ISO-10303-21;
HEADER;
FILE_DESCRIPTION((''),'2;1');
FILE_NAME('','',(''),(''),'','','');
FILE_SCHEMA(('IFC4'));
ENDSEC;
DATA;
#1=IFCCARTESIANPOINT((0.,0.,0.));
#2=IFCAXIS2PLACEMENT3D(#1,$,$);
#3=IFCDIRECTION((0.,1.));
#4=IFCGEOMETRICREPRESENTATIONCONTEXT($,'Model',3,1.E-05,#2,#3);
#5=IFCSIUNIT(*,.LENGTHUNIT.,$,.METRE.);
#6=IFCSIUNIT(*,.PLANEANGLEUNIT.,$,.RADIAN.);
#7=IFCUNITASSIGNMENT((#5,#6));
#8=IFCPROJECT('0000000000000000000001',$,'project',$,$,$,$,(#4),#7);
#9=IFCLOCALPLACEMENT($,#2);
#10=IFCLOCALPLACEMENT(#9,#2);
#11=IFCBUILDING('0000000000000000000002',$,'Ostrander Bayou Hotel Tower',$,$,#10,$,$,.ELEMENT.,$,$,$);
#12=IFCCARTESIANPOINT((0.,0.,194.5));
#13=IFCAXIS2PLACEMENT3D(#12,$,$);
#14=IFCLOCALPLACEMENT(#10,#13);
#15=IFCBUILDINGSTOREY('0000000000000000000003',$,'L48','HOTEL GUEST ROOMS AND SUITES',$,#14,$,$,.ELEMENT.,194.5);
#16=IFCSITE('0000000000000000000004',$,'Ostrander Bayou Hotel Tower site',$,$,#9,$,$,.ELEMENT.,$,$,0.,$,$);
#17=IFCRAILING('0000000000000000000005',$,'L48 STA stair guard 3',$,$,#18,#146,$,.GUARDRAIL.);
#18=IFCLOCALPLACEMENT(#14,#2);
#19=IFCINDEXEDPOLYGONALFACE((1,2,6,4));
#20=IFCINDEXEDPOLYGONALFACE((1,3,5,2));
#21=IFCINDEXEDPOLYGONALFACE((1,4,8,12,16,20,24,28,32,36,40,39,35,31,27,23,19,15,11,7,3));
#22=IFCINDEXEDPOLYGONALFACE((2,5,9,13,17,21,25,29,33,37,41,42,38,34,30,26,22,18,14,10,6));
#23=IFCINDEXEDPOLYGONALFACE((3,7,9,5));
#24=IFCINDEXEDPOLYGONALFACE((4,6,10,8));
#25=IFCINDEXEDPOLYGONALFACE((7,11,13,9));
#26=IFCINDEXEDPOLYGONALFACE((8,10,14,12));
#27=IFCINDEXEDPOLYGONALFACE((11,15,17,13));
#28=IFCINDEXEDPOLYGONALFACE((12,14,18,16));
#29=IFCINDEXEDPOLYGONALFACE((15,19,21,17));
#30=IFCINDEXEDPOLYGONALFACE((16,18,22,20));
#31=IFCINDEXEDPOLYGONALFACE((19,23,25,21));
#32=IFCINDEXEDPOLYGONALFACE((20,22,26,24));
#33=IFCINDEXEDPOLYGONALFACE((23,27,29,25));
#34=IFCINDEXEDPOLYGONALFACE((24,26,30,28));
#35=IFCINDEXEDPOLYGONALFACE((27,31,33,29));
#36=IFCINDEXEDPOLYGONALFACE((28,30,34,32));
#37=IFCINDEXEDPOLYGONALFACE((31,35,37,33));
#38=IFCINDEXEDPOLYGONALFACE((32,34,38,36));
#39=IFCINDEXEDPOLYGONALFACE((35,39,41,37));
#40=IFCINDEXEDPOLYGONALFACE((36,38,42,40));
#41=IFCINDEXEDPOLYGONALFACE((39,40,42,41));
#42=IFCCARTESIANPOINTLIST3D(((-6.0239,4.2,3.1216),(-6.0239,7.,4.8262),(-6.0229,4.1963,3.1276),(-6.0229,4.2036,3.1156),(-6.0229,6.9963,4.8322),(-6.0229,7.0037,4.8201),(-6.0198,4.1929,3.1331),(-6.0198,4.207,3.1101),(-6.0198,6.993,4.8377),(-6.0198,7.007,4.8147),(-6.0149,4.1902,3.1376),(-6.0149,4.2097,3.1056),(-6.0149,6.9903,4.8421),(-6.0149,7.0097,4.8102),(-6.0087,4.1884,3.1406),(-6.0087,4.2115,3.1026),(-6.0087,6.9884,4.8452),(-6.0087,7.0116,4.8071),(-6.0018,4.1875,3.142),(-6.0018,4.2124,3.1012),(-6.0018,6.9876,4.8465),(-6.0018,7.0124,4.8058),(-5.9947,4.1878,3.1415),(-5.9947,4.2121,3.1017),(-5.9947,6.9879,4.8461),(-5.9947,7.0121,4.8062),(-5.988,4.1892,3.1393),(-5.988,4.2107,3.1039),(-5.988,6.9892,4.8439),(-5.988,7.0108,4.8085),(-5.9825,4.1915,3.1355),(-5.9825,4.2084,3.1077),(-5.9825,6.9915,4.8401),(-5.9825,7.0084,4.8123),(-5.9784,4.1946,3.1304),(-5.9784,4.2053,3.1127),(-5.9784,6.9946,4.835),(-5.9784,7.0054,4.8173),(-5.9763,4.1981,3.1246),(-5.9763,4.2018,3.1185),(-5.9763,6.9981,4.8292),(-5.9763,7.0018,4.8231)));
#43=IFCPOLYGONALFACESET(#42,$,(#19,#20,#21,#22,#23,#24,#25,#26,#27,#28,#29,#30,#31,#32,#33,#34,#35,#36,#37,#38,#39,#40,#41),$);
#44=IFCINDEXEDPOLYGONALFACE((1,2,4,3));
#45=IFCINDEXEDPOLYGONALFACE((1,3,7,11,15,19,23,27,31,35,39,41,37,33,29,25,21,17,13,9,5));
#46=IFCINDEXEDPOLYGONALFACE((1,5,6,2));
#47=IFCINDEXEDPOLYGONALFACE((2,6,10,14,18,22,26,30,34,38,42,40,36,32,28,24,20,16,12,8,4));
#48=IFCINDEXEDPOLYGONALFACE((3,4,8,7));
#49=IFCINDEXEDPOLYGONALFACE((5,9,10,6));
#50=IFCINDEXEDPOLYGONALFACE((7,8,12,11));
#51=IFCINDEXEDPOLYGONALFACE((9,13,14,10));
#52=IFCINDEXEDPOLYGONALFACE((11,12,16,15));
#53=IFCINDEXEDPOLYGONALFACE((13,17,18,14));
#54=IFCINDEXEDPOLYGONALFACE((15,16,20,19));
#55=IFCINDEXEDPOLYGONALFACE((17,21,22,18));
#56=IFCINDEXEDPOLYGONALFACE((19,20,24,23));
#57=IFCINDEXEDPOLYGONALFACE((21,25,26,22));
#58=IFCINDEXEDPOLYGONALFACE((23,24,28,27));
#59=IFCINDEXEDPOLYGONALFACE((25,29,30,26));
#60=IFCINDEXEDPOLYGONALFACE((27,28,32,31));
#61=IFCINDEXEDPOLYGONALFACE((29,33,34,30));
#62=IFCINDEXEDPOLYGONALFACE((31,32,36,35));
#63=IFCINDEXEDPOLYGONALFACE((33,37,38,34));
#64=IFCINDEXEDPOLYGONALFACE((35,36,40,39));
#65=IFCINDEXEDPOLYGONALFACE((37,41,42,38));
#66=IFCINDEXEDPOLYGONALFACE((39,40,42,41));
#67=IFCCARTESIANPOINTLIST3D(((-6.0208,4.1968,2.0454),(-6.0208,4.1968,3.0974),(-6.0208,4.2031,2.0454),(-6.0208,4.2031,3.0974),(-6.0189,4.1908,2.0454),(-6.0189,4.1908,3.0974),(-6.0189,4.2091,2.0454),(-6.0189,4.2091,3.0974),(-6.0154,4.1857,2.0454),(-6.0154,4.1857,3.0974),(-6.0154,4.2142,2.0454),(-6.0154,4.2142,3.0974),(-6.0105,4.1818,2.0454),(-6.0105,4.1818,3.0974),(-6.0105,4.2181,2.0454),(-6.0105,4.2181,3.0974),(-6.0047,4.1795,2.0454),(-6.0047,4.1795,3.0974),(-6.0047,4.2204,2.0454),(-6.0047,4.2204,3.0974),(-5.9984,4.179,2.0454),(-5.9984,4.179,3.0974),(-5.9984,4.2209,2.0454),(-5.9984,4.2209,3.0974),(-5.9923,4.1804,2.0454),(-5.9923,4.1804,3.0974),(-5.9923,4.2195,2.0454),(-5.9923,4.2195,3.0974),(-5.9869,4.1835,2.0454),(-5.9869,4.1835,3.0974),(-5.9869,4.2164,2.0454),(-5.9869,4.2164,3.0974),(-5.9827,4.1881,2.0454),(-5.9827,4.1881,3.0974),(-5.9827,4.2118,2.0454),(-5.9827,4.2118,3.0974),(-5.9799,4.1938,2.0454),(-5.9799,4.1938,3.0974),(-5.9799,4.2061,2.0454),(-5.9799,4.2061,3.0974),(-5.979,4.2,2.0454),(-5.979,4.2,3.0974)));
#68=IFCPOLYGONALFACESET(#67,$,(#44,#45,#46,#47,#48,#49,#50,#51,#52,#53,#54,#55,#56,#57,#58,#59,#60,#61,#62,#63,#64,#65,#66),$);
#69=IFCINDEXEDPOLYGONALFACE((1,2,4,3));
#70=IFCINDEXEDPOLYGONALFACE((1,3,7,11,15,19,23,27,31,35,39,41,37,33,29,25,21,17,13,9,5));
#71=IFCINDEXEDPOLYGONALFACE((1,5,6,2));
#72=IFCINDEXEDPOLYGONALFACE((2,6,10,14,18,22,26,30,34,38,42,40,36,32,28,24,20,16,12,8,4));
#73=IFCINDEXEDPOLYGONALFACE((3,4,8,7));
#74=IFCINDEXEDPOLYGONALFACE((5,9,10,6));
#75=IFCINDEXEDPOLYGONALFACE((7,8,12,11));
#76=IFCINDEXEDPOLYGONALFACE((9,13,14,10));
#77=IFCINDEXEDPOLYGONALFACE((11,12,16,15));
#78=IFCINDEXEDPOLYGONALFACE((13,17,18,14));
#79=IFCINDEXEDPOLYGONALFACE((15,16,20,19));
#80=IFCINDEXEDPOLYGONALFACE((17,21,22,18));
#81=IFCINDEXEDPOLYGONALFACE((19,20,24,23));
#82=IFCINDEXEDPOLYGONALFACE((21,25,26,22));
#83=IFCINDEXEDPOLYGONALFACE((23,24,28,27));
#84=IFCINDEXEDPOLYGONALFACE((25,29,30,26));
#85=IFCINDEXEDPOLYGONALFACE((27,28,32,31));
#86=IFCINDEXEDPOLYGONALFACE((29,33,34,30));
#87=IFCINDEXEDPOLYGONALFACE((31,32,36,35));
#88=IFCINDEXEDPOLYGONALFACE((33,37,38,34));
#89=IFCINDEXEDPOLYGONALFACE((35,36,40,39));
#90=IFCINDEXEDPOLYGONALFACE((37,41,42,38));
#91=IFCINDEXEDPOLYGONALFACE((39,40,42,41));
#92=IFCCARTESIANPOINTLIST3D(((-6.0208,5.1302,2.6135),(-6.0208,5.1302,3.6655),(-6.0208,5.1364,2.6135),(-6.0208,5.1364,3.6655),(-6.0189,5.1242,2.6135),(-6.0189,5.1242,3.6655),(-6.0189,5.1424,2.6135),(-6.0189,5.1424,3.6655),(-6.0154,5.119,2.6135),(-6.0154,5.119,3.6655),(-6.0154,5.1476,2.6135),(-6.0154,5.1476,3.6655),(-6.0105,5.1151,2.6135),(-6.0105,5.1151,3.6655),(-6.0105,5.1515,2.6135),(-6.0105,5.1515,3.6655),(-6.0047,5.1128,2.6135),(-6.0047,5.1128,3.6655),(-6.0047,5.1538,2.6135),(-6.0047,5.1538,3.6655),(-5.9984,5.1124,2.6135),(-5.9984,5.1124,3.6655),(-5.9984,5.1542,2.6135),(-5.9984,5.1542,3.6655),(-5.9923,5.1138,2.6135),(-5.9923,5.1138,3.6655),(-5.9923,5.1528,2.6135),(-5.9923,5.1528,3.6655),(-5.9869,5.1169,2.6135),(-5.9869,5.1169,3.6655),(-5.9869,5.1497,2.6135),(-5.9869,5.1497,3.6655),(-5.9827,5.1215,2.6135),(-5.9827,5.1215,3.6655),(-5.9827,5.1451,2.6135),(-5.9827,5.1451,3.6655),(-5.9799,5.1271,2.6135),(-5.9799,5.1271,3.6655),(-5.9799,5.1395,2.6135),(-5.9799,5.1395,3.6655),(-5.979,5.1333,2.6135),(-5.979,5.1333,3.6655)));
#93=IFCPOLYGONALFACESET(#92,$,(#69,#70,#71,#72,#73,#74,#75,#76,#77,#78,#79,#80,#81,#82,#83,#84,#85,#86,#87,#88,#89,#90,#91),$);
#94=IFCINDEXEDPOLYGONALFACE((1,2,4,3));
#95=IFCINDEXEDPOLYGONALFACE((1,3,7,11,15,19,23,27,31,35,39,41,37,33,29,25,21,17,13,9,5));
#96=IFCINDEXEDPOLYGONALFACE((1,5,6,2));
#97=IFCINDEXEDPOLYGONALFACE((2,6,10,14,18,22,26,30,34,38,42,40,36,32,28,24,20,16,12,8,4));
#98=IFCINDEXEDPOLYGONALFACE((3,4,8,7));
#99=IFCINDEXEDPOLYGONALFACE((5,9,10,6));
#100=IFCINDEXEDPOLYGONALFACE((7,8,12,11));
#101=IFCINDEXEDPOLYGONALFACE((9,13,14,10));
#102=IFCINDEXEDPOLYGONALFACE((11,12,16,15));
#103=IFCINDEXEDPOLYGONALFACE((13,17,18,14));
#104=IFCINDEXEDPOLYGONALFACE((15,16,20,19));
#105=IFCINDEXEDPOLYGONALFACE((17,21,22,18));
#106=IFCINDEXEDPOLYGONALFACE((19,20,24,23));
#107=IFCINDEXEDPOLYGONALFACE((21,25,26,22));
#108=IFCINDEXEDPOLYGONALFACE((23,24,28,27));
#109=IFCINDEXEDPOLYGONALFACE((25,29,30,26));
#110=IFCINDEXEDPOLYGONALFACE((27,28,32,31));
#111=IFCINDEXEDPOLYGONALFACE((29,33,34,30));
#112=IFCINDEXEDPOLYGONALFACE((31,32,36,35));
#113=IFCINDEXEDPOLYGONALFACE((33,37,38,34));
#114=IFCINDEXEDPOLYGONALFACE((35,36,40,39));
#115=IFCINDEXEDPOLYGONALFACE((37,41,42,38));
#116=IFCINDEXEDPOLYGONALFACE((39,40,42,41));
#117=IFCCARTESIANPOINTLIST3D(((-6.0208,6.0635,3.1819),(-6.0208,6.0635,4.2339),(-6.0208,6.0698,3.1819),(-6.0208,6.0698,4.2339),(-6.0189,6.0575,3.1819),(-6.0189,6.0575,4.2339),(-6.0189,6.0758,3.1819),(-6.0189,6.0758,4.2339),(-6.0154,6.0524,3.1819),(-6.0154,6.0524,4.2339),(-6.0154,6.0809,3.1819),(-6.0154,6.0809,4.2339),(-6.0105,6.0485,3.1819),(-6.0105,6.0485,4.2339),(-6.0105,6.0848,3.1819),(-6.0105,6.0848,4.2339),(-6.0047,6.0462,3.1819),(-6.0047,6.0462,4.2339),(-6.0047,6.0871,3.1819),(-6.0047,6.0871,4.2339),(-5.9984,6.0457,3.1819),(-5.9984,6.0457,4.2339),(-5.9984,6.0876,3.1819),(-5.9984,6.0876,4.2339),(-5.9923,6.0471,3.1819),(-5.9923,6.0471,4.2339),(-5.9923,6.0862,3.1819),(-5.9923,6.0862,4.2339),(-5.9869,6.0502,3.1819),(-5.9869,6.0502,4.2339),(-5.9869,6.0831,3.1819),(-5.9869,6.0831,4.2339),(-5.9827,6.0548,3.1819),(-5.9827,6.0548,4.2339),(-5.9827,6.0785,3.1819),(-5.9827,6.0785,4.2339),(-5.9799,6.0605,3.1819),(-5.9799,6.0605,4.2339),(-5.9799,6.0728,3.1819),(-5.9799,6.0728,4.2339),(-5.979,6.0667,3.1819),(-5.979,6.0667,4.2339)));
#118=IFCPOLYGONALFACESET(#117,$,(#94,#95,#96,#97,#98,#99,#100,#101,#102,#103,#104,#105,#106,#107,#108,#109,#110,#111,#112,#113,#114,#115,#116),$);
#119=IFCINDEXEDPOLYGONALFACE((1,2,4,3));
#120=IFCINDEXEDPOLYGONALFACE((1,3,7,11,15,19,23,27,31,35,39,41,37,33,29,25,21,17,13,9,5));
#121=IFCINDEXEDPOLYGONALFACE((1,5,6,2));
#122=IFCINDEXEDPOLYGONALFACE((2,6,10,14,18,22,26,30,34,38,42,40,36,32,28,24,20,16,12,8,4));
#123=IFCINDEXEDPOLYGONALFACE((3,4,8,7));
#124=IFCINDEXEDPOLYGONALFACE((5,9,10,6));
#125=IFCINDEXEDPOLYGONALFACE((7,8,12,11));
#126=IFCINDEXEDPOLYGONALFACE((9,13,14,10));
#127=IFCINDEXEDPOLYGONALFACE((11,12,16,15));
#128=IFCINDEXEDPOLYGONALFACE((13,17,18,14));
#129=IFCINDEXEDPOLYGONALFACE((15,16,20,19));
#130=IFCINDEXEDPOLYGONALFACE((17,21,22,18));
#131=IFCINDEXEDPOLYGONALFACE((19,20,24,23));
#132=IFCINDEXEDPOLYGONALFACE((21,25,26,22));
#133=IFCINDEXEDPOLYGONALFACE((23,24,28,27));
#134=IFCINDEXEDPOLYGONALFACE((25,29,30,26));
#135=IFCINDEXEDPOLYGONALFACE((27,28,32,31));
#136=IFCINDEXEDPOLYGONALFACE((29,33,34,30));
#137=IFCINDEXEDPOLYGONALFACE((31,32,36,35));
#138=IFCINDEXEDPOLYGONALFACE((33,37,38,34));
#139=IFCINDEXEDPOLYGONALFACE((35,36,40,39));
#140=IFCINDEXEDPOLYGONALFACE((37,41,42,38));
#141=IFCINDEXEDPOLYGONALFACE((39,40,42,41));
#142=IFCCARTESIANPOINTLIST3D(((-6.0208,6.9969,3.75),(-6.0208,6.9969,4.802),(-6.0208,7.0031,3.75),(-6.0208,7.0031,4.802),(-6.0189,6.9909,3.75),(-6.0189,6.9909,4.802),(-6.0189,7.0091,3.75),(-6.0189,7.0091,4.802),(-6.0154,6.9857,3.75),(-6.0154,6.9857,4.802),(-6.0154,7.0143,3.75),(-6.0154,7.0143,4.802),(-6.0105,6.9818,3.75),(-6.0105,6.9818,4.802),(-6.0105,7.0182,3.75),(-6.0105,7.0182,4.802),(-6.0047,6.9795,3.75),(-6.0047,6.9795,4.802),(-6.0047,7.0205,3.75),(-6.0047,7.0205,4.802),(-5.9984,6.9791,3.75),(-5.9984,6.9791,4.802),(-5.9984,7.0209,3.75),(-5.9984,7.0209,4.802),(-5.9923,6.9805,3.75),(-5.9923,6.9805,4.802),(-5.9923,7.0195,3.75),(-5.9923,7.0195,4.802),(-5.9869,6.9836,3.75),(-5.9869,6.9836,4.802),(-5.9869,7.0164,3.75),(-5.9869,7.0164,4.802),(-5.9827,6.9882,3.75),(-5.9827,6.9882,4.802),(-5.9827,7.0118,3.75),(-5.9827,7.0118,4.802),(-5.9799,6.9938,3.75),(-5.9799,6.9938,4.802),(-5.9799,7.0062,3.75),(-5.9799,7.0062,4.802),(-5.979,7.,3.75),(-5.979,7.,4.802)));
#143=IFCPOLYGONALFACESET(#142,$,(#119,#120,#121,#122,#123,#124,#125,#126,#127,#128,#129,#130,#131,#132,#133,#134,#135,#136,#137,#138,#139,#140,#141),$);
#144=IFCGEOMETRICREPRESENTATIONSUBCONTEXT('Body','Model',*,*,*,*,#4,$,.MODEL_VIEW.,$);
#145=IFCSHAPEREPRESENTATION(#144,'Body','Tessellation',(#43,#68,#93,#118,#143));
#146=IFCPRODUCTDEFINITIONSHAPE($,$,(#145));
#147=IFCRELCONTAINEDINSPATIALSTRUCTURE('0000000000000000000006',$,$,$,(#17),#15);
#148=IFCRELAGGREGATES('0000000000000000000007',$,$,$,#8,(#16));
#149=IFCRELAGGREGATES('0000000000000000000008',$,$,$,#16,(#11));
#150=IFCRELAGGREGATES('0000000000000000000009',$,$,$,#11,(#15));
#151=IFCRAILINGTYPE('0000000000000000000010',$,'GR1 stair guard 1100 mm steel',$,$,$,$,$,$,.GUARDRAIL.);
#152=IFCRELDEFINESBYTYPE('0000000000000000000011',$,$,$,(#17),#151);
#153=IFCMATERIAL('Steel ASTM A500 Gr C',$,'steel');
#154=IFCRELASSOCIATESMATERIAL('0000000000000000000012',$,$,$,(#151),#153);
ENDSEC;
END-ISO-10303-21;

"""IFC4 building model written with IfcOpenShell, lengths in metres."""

from ifc_helpers import new_model, si_unit, direction, frame, origin, origin_2d, place, context, subcontext, project, spatial, circle, extrude, material, type_object, element, save


model = new_model("IFC4")

# Units and contexts
model_context = context("Model", 3, precision=1e-05, world=origin(), true_north=direction((0.0, 1.0)))
body_context = subcontext(model_context, "Body", "Model", "MODEL_VIEW")
ifc_project = project(units=[si_unit("LENGTHUNIT", "METRE"), si_unit("PLANEANGLEUNIT", "RADIAN")], contexts=[model_context])

# Site, building, storey
site_placement = place(None, origin())
site = spatial("IfcSite", under=ifc_project, at=site_placement, Name="Ostrander Bayou Hotel Tower site", CompositionType="ELEMENT", RefElevation=0.0)
building_placement = place(site_placement, origin())
building = spatial("IfcBuilding", under=site, at=building_placement, Name="Ostrander Bayou Hotel Tower", CompositionType="ELEMENT")
storey_placement = place(building_placement, frame((0.0, 0.0, 194.5)))
storey = spatial("IfcBuildingStorey", under=building, at=storey_placement, Name="L48", Description="HOTEL GUEST ROOMS AND SUITES", CompositionType="ELEMENT", Elevation=194.5)

# Railing
ifc_material_1 = material(Name="Steel ASTM A500 Gr C", Category="steel")
railing_type_1 = type_object("IfcRailingType", Name="GR1 stair guard 1100 mm steel", PredefinedType="GUARDRAIL", material=ifc_material_1)
railing_1_placement = place(storey_placement, frame((-6.0, 4.2, 2.0454)))
element("IfcRailing", 1, at=railing_1_placement, inside=storey, type_object=railing_type_1, Name="L48 STA stair guard 3", PredefinedType="GUARDRAIL", context=body_context, shape_type="SweptSolid", body=[
    extrude(circle(Radius=0.0239, at=origin_2d()), frame((0.0, 0.0, 1.0762), z_axis=(0.0, 0.85417, 0.519994), x_axis=(-1.0, 0.0, 0.0)), (0.0, 0.0, 1.0), 3.2781),
    extrude(circle(Radius=0.021, at=origin_2d()), origin(), (0.0, 0.0, 1.0), 1.052),
    extrude(circle(Radius=0.021, at=origin_2d()), frame((0.0, 0.9333, 0.5681)), (0.0, 0.0, 1.0), 1.052),
    extrude(circle(Radius=0.021, at=origin_2d()), frame((0.0, 1.8667, 1.1365)), (0.0, 0.0, 1.0), 1.052),
    extrude(circle(Radius=0.021, at=origin_2d()), frame((0.0, 2.8, 1.7046)), (0.0, 0.0, 1.0), 1.052),
])

save(model, "model.ifc")
